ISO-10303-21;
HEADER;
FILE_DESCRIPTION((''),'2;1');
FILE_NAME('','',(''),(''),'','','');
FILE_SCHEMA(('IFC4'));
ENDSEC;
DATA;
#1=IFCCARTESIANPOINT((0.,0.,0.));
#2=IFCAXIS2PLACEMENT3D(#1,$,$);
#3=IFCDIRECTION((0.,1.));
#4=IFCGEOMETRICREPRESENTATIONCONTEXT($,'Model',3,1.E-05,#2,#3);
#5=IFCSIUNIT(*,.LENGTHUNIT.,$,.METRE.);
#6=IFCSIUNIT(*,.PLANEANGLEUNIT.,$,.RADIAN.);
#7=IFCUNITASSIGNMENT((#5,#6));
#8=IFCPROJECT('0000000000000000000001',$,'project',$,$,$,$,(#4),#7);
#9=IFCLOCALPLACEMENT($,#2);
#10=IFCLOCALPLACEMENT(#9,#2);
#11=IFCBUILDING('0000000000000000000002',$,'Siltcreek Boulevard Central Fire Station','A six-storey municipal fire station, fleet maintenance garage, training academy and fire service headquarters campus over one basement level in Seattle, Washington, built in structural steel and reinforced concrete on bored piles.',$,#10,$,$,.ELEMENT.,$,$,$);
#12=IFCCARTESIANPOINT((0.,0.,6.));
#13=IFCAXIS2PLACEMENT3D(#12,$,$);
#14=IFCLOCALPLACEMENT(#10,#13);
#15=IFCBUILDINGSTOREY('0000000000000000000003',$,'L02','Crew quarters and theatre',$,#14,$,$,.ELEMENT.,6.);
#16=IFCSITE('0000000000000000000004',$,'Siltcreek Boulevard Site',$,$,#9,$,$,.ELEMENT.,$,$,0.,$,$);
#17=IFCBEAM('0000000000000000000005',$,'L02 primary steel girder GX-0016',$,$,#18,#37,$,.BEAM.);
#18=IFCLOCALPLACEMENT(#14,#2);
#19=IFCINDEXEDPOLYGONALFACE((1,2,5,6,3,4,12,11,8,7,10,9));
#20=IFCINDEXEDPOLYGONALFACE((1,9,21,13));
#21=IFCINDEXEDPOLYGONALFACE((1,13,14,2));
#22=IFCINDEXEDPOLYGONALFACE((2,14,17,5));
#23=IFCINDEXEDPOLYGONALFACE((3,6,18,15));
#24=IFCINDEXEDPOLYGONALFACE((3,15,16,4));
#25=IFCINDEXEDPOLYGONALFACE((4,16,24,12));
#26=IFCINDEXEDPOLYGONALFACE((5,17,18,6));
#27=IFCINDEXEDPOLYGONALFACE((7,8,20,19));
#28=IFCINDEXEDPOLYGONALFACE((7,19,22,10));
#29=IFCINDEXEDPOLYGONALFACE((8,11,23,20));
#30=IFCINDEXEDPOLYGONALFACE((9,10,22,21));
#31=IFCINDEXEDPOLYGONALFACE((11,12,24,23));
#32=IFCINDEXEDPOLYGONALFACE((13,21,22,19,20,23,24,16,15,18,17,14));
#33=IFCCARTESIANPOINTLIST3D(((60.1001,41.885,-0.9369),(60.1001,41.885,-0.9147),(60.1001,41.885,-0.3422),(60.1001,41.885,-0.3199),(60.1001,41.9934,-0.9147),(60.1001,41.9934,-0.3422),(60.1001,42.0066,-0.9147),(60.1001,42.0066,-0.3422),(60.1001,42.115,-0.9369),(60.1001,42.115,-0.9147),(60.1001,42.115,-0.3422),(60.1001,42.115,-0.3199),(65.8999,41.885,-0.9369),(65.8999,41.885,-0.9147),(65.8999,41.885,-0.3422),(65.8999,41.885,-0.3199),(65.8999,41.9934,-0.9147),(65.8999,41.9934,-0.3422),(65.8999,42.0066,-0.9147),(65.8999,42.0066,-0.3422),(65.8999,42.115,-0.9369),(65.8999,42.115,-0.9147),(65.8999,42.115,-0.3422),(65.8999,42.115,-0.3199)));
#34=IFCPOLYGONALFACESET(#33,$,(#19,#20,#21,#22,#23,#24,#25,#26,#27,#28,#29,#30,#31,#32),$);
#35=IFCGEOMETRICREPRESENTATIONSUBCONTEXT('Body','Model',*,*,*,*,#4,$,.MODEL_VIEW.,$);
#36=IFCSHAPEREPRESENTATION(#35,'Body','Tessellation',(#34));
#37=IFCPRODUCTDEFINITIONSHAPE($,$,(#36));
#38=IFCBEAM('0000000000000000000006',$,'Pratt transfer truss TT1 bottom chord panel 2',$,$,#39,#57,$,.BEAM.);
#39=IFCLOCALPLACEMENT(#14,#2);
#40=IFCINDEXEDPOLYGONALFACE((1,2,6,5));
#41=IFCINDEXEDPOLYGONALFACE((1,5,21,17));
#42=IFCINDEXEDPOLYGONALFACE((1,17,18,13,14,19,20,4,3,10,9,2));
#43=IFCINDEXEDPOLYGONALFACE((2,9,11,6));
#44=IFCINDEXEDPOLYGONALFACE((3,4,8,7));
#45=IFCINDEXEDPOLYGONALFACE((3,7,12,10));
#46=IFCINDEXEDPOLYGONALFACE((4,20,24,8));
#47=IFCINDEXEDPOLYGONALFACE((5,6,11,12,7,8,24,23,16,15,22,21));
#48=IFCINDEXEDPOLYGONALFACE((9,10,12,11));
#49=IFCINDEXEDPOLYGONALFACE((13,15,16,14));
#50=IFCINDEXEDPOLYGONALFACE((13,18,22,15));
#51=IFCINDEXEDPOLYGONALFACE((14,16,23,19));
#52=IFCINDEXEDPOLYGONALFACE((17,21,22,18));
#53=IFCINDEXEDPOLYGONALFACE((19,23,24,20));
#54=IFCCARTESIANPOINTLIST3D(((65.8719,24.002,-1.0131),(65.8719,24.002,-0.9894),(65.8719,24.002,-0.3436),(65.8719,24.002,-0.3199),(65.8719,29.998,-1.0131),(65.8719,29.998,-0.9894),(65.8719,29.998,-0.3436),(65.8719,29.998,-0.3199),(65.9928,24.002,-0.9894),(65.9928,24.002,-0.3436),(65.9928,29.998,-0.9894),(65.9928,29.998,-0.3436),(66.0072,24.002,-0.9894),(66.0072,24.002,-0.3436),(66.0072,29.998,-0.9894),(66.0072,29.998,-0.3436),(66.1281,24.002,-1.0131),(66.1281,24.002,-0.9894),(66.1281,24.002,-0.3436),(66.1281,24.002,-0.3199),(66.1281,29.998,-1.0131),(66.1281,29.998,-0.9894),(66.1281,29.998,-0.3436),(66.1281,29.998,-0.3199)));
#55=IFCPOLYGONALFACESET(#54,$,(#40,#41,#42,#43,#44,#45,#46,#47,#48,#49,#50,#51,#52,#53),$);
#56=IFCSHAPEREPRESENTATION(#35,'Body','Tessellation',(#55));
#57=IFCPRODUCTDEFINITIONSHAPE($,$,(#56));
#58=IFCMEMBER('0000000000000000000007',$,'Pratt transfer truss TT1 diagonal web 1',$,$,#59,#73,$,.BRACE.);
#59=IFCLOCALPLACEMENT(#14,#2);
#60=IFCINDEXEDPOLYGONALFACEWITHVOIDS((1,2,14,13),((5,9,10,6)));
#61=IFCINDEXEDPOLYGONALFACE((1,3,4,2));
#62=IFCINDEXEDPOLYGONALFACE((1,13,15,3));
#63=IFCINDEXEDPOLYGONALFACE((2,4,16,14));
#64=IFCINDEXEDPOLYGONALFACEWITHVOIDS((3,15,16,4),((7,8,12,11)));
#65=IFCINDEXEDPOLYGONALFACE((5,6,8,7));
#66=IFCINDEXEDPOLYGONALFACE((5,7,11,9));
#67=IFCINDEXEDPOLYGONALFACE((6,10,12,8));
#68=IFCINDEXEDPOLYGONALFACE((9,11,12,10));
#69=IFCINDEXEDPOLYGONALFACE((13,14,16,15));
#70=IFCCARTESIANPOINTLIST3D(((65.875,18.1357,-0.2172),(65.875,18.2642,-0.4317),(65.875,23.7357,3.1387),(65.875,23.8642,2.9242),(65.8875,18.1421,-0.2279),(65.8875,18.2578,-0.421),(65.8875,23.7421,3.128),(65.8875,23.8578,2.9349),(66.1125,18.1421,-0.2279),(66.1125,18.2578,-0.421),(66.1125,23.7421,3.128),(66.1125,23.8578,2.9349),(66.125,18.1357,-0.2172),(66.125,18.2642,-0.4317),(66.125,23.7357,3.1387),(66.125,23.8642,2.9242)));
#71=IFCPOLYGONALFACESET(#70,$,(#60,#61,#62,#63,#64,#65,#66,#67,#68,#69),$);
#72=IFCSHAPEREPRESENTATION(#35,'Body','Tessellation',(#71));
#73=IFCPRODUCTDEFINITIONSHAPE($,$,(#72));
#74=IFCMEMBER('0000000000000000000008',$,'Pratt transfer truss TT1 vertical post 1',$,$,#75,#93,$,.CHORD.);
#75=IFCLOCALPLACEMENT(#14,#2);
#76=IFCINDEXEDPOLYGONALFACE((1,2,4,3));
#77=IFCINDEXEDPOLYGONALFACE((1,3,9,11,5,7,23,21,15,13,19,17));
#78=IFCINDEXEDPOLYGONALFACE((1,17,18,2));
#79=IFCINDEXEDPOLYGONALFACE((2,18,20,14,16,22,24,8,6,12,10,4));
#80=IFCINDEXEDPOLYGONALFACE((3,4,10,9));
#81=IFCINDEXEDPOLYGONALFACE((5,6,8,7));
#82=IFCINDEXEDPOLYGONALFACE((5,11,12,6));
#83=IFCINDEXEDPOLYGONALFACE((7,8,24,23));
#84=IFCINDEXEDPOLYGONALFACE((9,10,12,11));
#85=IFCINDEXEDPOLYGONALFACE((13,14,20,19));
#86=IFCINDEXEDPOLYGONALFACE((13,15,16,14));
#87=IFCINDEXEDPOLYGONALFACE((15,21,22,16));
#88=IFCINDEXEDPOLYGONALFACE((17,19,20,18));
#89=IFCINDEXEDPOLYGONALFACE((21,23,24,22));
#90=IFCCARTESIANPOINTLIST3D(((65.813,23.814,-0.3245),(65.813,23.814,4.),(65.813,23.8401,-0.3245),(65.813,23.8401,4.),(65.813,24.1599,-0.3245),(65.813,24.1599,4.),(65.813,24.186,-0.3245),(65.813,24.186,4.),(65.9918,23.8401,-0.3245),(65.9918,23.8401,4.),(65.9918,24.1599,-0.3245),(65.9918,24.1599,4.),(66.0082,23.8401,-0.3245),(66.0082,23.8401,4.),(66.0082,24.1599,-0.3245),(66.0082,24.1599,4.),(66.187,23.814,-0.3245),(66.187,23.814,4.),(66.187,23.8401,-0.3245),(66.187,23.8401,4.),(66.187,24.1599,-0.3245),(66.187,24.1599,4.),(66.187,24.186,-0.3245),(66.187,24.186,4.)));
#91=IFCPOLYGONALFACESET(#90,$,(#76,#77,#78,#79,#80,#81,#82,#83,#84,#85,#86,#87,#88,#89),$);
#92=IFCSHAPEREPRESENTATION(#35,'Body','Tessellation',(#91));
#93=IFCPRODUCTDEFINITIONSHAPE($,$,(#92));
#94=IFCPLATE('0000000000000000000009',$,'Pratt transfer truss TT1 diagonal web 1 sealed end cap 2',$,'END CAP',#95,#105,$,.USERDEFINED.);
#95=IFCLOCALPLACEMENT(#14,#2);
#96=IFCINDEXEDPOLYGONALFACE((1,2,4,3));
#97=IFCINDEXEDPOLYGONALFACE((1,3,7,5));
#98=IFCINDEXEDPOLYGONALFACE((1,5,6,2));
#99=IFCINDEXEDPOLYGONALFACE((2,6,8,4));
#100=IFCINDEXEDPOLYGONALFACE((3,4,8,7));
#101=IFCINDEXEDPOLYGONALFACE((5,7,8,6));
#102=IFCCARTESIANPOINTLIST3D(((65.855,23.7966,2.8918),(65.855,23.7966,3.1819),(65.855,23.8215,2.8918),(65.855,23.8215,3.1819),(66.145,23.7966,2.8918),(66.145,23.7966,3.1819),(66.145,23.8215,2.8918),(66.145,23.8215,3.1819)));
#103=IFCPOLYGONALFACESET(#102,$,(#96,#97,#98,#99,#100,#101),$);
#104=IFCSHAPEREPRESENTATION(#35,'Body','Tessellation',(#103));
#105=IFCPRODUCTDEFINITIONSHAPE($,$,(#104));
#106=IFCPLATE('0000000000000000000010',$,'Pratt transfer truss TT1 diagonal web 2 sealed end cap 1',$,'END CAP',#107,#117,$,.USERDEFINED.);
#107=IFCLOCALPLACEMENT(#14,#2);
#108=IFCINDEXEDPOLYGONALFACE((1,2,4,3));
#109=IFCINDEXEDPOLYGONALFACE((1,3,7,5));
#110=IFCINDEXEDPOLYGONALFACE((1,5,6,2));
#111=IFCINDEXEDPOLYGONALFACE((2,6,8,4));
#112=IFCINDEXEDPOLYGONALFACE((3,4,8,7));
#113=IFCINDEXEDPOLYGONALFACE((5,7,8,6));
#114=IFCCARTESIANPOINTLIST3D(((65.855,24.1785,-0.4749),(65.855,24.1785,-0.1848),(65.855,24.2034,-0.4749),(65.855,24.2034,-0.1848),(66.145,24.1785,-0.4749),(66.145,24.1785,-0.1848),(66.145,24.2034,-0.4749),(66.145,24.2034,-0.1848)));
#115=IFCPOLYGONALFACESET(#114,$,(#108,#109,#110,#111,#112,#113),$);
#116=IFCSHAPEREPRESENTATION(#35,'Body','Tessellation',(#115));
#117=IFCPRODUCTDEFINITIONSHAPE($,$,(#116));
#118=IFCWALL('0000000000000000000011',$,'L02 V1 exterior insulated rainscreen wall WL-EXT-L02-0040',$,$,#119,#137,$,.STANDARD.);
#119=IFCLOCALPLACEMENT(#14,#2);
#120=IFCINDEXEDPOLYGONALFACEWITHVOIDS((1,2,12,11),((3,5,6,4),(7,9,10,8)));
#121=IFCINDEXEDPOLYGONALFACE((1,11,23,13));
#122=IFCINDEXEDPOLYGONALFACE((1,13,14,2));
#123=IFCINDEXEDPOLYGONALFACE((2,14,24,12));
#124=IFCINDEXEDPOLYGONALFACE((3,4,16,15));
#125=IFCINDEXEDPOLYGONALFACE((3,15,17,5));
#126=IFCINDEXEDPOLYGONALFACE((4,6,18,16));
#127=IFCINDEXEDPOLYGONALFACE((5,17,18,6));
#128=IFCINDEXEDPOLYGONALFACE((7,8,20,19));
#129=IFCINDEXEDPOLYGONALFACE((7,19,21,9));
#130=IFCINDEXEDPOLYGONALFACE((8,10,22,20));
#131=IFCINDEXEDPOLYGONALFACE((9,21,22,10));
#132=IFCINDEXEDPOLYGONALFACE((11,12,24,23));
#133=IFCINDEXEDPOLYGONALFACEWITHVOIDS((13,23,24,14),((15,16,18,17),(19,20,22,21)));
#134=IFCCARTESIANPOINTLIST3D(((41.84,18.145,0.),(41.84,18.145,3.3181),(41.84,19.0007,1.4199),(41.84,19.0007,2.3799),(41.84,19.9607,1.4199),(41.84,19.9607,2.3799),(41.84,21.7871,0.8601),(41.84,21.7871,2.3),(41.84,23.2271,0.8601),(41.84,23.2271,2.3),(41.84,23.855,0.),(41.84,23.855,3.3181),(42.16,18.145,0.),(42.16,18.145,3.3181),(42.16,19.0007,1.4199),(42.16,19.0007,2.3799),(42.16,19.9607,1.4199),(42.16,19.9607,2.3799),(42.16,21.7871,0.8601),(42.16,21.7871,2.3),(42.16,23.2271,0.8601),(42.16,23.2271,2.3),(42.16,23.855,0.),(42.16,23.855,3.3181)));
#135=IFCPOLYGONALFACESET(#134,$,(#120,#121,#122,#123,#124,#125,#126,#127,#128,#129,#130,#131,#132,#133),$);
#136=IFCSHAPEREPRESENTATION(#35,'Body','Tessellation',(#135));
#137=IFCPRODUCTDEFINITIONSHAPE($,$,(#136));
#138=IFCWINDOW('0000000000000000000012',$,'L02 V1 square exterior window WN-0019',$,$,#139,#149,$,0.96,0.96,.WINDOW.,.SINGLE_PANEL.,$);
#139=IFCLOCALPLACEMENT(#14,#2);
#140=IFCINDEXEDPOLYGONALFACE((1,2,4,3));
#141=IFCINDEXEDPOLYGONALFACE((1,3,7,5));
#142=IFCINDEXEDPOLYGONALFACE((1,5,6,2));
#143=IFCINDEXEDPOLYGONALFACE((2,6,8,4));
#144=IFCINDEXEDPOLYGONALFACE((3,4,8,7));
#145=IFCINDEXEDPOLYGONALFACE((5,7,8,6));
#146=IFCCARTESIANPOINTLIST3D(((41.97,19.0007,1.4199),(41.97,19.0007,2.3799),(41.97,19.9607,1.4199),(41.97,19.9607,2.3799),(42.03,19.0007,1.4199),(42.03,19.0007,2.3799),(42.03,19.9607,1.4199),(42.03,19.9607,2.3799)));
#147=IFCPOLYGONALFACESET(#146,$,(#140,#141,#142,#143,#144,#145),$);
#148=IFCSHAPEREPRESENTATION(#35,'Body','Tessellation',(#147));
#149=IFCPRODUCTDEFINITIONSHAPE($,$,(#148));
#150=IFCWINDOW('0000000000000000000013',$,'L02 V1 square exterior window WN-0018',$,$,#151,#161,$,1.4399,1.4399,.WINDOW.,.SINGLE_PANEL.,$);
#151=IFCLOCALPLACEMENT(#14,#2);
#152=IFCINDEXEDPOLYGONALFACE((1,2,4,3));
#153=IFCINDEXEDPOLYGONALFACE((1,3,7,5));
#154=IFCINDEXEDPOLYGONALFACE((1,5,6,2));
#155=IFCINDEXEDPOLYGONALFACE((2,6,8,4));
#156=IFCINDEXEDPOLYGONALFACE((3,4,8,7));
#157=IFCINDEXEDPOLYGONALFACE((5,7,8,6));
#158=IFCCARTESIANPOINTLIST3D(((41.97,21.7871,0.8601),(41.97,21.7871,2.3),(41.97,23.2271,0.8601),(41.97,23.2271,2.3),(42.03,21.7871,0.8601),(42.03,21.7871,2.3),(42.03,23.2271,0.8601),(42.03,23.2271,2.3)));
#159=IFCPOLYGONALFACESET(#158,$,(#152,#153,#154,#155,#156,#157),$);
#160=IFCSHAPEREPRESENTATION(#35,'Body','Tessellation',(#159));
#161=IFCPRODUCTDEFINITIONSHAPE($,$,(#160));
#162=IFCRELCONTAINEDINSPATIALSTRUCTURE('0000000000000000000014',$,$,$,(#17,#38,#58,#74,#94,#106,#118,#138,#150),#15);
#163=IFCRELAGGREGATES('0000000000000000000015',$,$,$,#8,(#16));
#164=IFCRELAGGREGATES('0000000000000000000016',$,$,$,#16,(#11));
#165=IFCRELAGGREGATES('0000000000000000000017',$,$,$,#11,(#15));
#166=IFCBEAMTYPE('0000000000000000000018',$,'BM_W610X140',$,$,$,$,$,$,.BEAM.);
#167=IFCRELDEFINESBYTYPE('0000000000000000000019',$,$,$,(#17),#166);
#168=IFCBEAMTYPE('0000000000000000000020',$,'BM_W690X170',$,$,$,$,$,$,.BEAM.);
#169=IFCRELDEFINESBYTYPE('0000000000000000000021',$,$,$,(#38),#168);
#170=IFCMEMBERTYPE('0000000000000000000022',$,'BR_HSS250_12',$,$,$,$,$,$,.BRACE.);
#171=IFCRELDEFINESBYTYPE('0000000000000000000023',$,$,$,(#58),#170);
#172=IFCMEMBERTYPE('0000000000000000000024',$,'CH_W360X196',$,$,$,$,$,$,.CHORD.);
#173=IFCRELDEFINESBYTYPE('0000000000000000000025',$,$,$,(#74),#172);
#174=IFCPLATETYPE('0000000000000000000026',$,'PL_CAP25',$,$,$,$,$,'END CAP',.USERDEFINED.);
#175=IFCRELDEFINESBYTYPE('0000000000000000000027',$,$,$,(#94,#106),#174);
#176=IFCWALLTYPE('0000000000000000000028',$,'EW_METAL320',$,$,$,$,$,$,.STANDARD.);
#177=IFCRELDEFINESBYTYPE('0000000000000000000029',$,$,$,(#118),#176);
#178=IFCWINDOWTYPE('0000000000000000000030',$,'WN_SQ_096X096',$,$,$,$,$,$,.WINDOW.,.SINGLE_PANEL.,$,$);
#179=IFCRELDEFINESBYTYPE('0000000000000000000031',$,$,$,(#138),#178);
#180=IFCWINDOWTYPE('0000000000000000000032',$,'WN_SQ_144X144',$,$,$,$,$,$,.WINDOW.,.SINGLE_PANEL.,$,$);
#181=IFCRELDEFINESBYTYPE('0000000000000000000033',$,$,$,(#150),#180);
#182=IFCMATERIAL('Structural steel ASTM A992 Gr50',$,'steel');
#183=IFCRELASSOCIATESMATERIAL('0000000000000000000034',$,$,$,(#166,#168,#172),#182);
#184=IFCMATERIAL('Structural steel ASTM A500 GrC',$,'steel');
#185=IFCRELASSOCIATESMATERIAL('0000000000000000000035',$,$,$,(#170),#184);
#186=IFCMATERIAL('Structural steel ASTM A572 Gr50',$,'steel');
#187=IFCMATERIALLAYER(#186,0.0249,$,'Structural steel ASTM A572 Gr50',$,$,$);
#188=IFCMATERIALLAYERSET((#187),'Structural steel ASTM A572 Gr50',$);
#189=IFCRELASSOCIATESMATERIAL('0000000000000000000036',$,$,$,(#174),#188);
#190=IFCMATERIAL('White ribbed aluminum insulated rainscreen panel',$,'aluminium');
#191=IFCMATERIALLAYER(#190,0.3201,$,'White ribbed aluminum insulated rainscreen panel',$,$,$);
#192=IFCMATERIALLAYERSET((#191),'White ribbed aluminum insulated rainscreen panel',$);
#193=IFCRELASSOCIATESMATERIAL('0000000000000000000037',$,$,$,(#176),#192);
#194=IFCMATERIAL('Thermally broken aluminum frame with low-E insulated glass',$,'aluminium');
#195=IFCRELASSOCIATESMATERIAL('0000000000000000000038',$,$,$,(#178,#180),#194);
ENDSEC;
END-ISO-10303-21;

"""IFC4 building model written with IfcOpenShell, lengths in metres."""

from ifc_helpers import new_model, si_unit, direction, frame, frame_2d, origin, origin_2d, place, context, subcontext, project, spatial, rectangle, hollow_rectangle, i_section, extrude, material, layer, layer_set, material_profile, profile_set, type_object, element, fill, save


model = new_model("IFC4")

# Units and contexts
model_context = context("Model", 3, precision=1e-05, world=origin(), true_north=direction((0.0, 1.0)))
body_context = subcontext(model_context, "Body", "Model", "MODEL_VIEW")
ifc_project = project(units=[si_unit("LENGTHUNIT", "METRE"), si_unit("PLANEANGLEUNIT", "RADIAN")], contexts=[model_context])

# Site, building, storey
site_placement = place(None, origin())
site = spatial("IfcSite", under=ifc_project, at=site_placement, Name="Siltcreek Boulevard Site", CompositionType="ELEMENT", RefElevation=0.0)
building_placement = place(site_placement, origin())
building = spatial("IfcBuilding", under=site, at=building_placement, Name="Siltcreek Boulevard Central Fire Station", Description="A six-storey municipal fire station, fleet maintenance garage, training academy and fire service headquarters campus over one basement level in Seattle, Washington, built in structural steel and reinforced concrete on bored piles.", CompositionType="ELEMENT")
storey_placement = place(building_placement, frame((0.0, 0.0, 6.0)))
storey = spatial("IfcBuildingStorey", under=building, at=storey_placement, Name="L02", Description="Crew quarters and theatre", CompositionType="ELEMENT", Elevation=6.0)

# Shared definitions
ifc_material_1 = material(Name="Structural steel ASTM A992 Gr50", Category="steel")

# Beams
ifc_material_profile_1 = material_profile(ifc_material_1, i_section(OverallWidth=0.23, OverallDepth=0.6169, WebThickness=0.0132, FlangeThickness=0.0222, at=origin_2d()), Name="W610X140")
ifc_profile_set_1 = profile_set([ifc_material_profile_1], Name="Structural steel ASTM A992 Gr50")
beam_type_1 = type_object("IfcBeamType", Name="BM_W610X140", PredefinedType="BEAM", material=ifc_profile_set_1)
for number, where, z_axis, x_axis, name in (
    (1, (60.1001, 42.0, -0.6284), (1.0, 0.0, 0.0), (0.0, 1.0, 0.0), "L02 primary steel girder GX-0016"),
):
    element("IfcBeam", number, at=place(storey_placement, frame(where, z_axis=z_axis, x_axis=x_axis)), inside=storey, type_object=beam_type_1, Name=name, PredefinedType="BEAM", context=body_context, shape_type="SweptSolid", body=[
        extrude(i_section(OverallWidth=0.23, OverallDepth=0.6169, WebThickness=0.0132, FlangeThickness=0.0222, at=origin_2d()), origin(), (0.0, 0.0, 1.0), 5.7998),
    ])
ifc_material_profile_2 = material_profile(ifc_material_1, i_section(OverallWidth=0.2561, OverallDepth=0.6931, WebThickness=0.0144, FlangeThickness=0.0237, at=origin_2d()), Name="W690X170")
ifc_profile_set_2 = profile_set([ifc_material_profile_2], Name="Structural steel ASTM A992 Gr50")
beam_type_2 = type_object("IfcBeamType", Name="BM_W690X170", PredefinedType="BEAM", material=ifc_profile_set_2)
beam_placement = place(storey_placement, frame((66.0, 24.002, -0.6665), z_axis=(0.0, 1.0, 0.0), x_axis=(-1.0, 0.0, 0.0)))
element("IfcBeam", 2, at=beam_placement, inside=storey, type_object=beam_type_2, Name="Pratt transfer truss TT1 bottom chord panel 2", PredefinedType="BEAM", context=body_context, shape_type="SweptSolid", body=[
    extrude(i_section(OverallWidth=0.2561, OverallDepth=0.6931, WebThickness=0.0144, FlangeThickness=0.0237, at=origin_2d()), origin(), (0.0, 0.0, 1.0), 5.9961),
])

# Members
ifc_material_2 = material(Name="Structural steel ASTM A500 GrC", Category="steel")
ifc_material_profile_3 = material_profile(ifc_material_2, hollow_rectangle(XDim=0.25, YDim=0.25, WallThickness=0.0125, at=origin_2d()), Name="HSS250X250X12.5")
ifc_profile_set_3 = profile_set([ifc_material_profile_3], Name="Structural steel ASTM A500 GrC")
member_type_1 = type_object("IfcMemberType", Name="BR_HSS250_12", PredefinedType="BRACE", material=ifc_profile_set_3)
member_1_placement = place(storey_placement, frame((66.0, 18.2, -0.3245), z_axis=(0.0, 0.85777, 0.514034), x_axis=(-1.0, 0.0, 0.0)))
element("IfcMember", 3, at=member_1_placement, inside=storey, type_object=member_type_1, Name="Pratt transfer truss TT1 diagonal web 1", PredefinedType="BRACE", context=body_context, shape_type="SweptSolid", body=[
    extrude(hollow_rectangle(XDim=0.25, YDim=0.25, WallThickness=0.0125, at=origin_2d()), origin(), (0.0, 0.0, 1.0), 6.5286),
])
ifc_material_profile_4 = material_profile(ifc_material_1, i_section(OverallWidth=0.374, OverallDepth=0.3721, WebThickness=0.0164, FlangeThickness=0.0261, at=origin_2d()), Name="W360X196")
ifc_profile_set_4 = profile_set([ifc_material_profile_4], Name="Structural steel ASTM A992 Gr50")
member_type_2 = type_object("IfcMemberType", Name="CH_W360X196", PredefinedType="CHORD", material=ifc_profile_set_4)
member_2_placement = place(storey_placement, frame((66.0, 24.0, -0.3245), z_axis=(0.0, 0.0, 1.0), x_axis=(1.0, 0.0, 0.0)))
element("IfcMember", 4, at=member_2_placement, inside=storey, type_object=member_type_2, Name="Pratt transfer truss TT1 vertical post 1", PredefinedType="CHORD", context=body_context, shape_type="SweptSolid", body=[
    extrude(i_section(OverallWidth=0.374, OverallDepth=0.3721, WebThickness=0.0164, FlangeThickness=0.0261, at=origin_2d()), origin(), (0.0, 0.0, 1.0), 4.3245),
])

# Plates
ifc_material_3 = material(Name="Structural steel ASTM A572 Gr50", Category="steel")
ifc_layer_1 = layer(ifc_material_3, 0.0249, Name="Structural steel ASTM A572 Gr50")
ifc_layer_set_1 = layer_set([ifc_layer_1], Name="Structural steel ASTM A572 Gr50")
plate_type = type_object("IfcPlateType", Name="PL_CAP25", ElementType="END CAP", PredefinedType="USERDEFINED", material=ifc_layer_set_1)
for number, where, z_axis, x_axis, name in (
    (5, (66.0, 23.8091, 2.8918), (0.0, 0.0, 1.0), (0.0, 1.0, 0.0), "Pratt transfer truss TT1 diagonal web 1 sealed end cap 2"),
    (6, (66.0, 24.1909, -0.4749), (0.0, 0.0, 1.0), (0.0, 1.0, 0.0), "Pratt transfer truss TT1 diagonal web 2 sealed end cap 1"),
):
    element("IfcPlate", number, at=place(storey_placement, frame(where, z_axis=z_axis, x_axis=x_axis)), inside=storey, type_object=plate_type, Name=name, ObjectType="END CAP", PredefinedType="USERDEFINED", context=body_context, shape_type="SweptSolid", body=[
        extrude(rectangle(XDim=0.0249, YDim=0.29, at=origin_2d()), origin(), (0.0, 0.0, 1.0), 0.29),
    ])

# Wall, openings, windows
ifc_material_4 = material(Name="White ribbed aluminum insulated rainscreen panel", Category="aluminium")
ifc_layer_2 = layer(ifc_material_4, 0.3201, Name="White ribbed aluminum insulated rainscreen panel")
ifc_layer_set_2 = layer_set([ifc_layer_2], Name="White ribbed aluminum insulated rainscreen panel")
wall_type = type_object("IfcWallType", Name="EW_METAL320", PredefinedType="STANDARD", material=ifc_layer_set_2)
wall_1_placement = place(storey_placement, frame((42.0, 23.855, 0.0), z_axis=(0.0, 0.0, 1.0), x_axis=(0.0, -1.0, 0.0)))
wall_1 = element("IfcWall", 7, at=wall_1_placement, inside=storey, type_object=wall_type, Name="L02 V1 exterior insulated rainscreen wall WL-EXT-L02-0040", PredefinedType="STANDARD", context=body_context, shape_type="SweptSolid", body=[
    extrude(rectangle(XDim=5.71, YDim=0.3201, at=frame_2d((2.855, 0.0))), origin(), (0.0, 0.0, 1.0), 3.3181),
])
opening_1_placement = place(wall_1_placement, frame((0.6279, 0.0, 0.8601)))
opening_1 = element("IfcOpeningElement", 8, at=opening_1_placement, cuts=wall_1, PredefinedType="OPENING", context=body_context, shape_type="SweptSolid", body=[
    extrude(rectangle(XDim=1.4399, YDim=1.4399, at=frame_2d((0.72, 0.72))), frame((0.0, 0.1699, 0.0), z_axis=(0.0, -1.0, 0.0), x_axis=(1.0, 0.0, 0.0)), (0.0, 0.0, 1.0), 0.3401),
])
opening_2_placement = place(wall_1_placement, frame((3.8943, 0.0, 1.4199)))
opening_2 = element("IfcOpeningElement", 9, at=opening_2_placement, cuts=wall_1, PredefinedType="OPENING", context=body_context, shape_type="SweptSolid", body=[
    extrude(rectangle(XDim=0.96, YDim=0.96, at=frame_2d((0.48, 0.48))), frame((0.0, 0.1699, 0.0), z_axis=(0.0, -1.0, 0.0), x_axis=(1.0, 0.0, 0.0)), (0.0, 0.0, 1.0), 0.3401),
])
ifc_material_5 = material(Name="Thermally broken aluminum frame with low-E insulated glass", Category="aluminium")
window_type_1 = type_object("IfcWindowType", Name="WN_SQ_096X096", PartitioningType="SINGLE_PANEL", PredefinedType="WINDOW", material=ifc_material_5)
window_1_placement = place(opening_2_placement, origin())
window_1 = element("IfcWindow", 10, at=window_1_placement, inside=storey, type_object=window_type_1, Name="L02 V1 square exterior window WN-0019", OverallHeight=0.96, OverallWidth=0.96, PartitioningType="SINGLE_PANEL", PredefinedType="WINDOW", context=body_context, shape_type="SweptSolid", body=[
    extrude(rectangle(XDim=0.96, YDim=0.96, at=frame_2d((0.48, 0.48))), frame((0.0, 0.03, 0.0), z_axis=(0.0, -1.0, 0.0), x_axis=(1.0, 0.0, 0.0)), (0.0, 0.0, 1.0), 0.0601),
])
fill(opening_2, window_1)
window_type_2 = type_object("IfcWindowType", Name="WN_SQ_144X144", PartitioningType="SINGLE_PANEL", PredefinedType="WINDOW", material=ifc_material_5)
window_2_placement = place(opening_1_placement, origin())
window_2 = element("IfcWindow", 11, at=window_2_placement, inside=storey, type_object=window_type_2, Name="L02 V1 square exterior window WN-0018", OverallHeight=1.4399, OverallWidth=1.4399, PartitioningType="SINGLE_PANEL", PredefinedType="WINDOW", context=body_context, shape_type="SweptSolid", body=[
    extrude(rectangle(XDim=1.4399, YDim=1.4399, at=frame_2d((0.72, 0.72))), frame((0.0, 0.03, 0.0), z_axis=(0.0, -1.0, 0.0), x_axis=(1.0, 0.0, 0.0)), (0.0, 0.0, 1.0), 0.0601),
])
fill(opening_1, window_2)

save(model, "model.ifc")
